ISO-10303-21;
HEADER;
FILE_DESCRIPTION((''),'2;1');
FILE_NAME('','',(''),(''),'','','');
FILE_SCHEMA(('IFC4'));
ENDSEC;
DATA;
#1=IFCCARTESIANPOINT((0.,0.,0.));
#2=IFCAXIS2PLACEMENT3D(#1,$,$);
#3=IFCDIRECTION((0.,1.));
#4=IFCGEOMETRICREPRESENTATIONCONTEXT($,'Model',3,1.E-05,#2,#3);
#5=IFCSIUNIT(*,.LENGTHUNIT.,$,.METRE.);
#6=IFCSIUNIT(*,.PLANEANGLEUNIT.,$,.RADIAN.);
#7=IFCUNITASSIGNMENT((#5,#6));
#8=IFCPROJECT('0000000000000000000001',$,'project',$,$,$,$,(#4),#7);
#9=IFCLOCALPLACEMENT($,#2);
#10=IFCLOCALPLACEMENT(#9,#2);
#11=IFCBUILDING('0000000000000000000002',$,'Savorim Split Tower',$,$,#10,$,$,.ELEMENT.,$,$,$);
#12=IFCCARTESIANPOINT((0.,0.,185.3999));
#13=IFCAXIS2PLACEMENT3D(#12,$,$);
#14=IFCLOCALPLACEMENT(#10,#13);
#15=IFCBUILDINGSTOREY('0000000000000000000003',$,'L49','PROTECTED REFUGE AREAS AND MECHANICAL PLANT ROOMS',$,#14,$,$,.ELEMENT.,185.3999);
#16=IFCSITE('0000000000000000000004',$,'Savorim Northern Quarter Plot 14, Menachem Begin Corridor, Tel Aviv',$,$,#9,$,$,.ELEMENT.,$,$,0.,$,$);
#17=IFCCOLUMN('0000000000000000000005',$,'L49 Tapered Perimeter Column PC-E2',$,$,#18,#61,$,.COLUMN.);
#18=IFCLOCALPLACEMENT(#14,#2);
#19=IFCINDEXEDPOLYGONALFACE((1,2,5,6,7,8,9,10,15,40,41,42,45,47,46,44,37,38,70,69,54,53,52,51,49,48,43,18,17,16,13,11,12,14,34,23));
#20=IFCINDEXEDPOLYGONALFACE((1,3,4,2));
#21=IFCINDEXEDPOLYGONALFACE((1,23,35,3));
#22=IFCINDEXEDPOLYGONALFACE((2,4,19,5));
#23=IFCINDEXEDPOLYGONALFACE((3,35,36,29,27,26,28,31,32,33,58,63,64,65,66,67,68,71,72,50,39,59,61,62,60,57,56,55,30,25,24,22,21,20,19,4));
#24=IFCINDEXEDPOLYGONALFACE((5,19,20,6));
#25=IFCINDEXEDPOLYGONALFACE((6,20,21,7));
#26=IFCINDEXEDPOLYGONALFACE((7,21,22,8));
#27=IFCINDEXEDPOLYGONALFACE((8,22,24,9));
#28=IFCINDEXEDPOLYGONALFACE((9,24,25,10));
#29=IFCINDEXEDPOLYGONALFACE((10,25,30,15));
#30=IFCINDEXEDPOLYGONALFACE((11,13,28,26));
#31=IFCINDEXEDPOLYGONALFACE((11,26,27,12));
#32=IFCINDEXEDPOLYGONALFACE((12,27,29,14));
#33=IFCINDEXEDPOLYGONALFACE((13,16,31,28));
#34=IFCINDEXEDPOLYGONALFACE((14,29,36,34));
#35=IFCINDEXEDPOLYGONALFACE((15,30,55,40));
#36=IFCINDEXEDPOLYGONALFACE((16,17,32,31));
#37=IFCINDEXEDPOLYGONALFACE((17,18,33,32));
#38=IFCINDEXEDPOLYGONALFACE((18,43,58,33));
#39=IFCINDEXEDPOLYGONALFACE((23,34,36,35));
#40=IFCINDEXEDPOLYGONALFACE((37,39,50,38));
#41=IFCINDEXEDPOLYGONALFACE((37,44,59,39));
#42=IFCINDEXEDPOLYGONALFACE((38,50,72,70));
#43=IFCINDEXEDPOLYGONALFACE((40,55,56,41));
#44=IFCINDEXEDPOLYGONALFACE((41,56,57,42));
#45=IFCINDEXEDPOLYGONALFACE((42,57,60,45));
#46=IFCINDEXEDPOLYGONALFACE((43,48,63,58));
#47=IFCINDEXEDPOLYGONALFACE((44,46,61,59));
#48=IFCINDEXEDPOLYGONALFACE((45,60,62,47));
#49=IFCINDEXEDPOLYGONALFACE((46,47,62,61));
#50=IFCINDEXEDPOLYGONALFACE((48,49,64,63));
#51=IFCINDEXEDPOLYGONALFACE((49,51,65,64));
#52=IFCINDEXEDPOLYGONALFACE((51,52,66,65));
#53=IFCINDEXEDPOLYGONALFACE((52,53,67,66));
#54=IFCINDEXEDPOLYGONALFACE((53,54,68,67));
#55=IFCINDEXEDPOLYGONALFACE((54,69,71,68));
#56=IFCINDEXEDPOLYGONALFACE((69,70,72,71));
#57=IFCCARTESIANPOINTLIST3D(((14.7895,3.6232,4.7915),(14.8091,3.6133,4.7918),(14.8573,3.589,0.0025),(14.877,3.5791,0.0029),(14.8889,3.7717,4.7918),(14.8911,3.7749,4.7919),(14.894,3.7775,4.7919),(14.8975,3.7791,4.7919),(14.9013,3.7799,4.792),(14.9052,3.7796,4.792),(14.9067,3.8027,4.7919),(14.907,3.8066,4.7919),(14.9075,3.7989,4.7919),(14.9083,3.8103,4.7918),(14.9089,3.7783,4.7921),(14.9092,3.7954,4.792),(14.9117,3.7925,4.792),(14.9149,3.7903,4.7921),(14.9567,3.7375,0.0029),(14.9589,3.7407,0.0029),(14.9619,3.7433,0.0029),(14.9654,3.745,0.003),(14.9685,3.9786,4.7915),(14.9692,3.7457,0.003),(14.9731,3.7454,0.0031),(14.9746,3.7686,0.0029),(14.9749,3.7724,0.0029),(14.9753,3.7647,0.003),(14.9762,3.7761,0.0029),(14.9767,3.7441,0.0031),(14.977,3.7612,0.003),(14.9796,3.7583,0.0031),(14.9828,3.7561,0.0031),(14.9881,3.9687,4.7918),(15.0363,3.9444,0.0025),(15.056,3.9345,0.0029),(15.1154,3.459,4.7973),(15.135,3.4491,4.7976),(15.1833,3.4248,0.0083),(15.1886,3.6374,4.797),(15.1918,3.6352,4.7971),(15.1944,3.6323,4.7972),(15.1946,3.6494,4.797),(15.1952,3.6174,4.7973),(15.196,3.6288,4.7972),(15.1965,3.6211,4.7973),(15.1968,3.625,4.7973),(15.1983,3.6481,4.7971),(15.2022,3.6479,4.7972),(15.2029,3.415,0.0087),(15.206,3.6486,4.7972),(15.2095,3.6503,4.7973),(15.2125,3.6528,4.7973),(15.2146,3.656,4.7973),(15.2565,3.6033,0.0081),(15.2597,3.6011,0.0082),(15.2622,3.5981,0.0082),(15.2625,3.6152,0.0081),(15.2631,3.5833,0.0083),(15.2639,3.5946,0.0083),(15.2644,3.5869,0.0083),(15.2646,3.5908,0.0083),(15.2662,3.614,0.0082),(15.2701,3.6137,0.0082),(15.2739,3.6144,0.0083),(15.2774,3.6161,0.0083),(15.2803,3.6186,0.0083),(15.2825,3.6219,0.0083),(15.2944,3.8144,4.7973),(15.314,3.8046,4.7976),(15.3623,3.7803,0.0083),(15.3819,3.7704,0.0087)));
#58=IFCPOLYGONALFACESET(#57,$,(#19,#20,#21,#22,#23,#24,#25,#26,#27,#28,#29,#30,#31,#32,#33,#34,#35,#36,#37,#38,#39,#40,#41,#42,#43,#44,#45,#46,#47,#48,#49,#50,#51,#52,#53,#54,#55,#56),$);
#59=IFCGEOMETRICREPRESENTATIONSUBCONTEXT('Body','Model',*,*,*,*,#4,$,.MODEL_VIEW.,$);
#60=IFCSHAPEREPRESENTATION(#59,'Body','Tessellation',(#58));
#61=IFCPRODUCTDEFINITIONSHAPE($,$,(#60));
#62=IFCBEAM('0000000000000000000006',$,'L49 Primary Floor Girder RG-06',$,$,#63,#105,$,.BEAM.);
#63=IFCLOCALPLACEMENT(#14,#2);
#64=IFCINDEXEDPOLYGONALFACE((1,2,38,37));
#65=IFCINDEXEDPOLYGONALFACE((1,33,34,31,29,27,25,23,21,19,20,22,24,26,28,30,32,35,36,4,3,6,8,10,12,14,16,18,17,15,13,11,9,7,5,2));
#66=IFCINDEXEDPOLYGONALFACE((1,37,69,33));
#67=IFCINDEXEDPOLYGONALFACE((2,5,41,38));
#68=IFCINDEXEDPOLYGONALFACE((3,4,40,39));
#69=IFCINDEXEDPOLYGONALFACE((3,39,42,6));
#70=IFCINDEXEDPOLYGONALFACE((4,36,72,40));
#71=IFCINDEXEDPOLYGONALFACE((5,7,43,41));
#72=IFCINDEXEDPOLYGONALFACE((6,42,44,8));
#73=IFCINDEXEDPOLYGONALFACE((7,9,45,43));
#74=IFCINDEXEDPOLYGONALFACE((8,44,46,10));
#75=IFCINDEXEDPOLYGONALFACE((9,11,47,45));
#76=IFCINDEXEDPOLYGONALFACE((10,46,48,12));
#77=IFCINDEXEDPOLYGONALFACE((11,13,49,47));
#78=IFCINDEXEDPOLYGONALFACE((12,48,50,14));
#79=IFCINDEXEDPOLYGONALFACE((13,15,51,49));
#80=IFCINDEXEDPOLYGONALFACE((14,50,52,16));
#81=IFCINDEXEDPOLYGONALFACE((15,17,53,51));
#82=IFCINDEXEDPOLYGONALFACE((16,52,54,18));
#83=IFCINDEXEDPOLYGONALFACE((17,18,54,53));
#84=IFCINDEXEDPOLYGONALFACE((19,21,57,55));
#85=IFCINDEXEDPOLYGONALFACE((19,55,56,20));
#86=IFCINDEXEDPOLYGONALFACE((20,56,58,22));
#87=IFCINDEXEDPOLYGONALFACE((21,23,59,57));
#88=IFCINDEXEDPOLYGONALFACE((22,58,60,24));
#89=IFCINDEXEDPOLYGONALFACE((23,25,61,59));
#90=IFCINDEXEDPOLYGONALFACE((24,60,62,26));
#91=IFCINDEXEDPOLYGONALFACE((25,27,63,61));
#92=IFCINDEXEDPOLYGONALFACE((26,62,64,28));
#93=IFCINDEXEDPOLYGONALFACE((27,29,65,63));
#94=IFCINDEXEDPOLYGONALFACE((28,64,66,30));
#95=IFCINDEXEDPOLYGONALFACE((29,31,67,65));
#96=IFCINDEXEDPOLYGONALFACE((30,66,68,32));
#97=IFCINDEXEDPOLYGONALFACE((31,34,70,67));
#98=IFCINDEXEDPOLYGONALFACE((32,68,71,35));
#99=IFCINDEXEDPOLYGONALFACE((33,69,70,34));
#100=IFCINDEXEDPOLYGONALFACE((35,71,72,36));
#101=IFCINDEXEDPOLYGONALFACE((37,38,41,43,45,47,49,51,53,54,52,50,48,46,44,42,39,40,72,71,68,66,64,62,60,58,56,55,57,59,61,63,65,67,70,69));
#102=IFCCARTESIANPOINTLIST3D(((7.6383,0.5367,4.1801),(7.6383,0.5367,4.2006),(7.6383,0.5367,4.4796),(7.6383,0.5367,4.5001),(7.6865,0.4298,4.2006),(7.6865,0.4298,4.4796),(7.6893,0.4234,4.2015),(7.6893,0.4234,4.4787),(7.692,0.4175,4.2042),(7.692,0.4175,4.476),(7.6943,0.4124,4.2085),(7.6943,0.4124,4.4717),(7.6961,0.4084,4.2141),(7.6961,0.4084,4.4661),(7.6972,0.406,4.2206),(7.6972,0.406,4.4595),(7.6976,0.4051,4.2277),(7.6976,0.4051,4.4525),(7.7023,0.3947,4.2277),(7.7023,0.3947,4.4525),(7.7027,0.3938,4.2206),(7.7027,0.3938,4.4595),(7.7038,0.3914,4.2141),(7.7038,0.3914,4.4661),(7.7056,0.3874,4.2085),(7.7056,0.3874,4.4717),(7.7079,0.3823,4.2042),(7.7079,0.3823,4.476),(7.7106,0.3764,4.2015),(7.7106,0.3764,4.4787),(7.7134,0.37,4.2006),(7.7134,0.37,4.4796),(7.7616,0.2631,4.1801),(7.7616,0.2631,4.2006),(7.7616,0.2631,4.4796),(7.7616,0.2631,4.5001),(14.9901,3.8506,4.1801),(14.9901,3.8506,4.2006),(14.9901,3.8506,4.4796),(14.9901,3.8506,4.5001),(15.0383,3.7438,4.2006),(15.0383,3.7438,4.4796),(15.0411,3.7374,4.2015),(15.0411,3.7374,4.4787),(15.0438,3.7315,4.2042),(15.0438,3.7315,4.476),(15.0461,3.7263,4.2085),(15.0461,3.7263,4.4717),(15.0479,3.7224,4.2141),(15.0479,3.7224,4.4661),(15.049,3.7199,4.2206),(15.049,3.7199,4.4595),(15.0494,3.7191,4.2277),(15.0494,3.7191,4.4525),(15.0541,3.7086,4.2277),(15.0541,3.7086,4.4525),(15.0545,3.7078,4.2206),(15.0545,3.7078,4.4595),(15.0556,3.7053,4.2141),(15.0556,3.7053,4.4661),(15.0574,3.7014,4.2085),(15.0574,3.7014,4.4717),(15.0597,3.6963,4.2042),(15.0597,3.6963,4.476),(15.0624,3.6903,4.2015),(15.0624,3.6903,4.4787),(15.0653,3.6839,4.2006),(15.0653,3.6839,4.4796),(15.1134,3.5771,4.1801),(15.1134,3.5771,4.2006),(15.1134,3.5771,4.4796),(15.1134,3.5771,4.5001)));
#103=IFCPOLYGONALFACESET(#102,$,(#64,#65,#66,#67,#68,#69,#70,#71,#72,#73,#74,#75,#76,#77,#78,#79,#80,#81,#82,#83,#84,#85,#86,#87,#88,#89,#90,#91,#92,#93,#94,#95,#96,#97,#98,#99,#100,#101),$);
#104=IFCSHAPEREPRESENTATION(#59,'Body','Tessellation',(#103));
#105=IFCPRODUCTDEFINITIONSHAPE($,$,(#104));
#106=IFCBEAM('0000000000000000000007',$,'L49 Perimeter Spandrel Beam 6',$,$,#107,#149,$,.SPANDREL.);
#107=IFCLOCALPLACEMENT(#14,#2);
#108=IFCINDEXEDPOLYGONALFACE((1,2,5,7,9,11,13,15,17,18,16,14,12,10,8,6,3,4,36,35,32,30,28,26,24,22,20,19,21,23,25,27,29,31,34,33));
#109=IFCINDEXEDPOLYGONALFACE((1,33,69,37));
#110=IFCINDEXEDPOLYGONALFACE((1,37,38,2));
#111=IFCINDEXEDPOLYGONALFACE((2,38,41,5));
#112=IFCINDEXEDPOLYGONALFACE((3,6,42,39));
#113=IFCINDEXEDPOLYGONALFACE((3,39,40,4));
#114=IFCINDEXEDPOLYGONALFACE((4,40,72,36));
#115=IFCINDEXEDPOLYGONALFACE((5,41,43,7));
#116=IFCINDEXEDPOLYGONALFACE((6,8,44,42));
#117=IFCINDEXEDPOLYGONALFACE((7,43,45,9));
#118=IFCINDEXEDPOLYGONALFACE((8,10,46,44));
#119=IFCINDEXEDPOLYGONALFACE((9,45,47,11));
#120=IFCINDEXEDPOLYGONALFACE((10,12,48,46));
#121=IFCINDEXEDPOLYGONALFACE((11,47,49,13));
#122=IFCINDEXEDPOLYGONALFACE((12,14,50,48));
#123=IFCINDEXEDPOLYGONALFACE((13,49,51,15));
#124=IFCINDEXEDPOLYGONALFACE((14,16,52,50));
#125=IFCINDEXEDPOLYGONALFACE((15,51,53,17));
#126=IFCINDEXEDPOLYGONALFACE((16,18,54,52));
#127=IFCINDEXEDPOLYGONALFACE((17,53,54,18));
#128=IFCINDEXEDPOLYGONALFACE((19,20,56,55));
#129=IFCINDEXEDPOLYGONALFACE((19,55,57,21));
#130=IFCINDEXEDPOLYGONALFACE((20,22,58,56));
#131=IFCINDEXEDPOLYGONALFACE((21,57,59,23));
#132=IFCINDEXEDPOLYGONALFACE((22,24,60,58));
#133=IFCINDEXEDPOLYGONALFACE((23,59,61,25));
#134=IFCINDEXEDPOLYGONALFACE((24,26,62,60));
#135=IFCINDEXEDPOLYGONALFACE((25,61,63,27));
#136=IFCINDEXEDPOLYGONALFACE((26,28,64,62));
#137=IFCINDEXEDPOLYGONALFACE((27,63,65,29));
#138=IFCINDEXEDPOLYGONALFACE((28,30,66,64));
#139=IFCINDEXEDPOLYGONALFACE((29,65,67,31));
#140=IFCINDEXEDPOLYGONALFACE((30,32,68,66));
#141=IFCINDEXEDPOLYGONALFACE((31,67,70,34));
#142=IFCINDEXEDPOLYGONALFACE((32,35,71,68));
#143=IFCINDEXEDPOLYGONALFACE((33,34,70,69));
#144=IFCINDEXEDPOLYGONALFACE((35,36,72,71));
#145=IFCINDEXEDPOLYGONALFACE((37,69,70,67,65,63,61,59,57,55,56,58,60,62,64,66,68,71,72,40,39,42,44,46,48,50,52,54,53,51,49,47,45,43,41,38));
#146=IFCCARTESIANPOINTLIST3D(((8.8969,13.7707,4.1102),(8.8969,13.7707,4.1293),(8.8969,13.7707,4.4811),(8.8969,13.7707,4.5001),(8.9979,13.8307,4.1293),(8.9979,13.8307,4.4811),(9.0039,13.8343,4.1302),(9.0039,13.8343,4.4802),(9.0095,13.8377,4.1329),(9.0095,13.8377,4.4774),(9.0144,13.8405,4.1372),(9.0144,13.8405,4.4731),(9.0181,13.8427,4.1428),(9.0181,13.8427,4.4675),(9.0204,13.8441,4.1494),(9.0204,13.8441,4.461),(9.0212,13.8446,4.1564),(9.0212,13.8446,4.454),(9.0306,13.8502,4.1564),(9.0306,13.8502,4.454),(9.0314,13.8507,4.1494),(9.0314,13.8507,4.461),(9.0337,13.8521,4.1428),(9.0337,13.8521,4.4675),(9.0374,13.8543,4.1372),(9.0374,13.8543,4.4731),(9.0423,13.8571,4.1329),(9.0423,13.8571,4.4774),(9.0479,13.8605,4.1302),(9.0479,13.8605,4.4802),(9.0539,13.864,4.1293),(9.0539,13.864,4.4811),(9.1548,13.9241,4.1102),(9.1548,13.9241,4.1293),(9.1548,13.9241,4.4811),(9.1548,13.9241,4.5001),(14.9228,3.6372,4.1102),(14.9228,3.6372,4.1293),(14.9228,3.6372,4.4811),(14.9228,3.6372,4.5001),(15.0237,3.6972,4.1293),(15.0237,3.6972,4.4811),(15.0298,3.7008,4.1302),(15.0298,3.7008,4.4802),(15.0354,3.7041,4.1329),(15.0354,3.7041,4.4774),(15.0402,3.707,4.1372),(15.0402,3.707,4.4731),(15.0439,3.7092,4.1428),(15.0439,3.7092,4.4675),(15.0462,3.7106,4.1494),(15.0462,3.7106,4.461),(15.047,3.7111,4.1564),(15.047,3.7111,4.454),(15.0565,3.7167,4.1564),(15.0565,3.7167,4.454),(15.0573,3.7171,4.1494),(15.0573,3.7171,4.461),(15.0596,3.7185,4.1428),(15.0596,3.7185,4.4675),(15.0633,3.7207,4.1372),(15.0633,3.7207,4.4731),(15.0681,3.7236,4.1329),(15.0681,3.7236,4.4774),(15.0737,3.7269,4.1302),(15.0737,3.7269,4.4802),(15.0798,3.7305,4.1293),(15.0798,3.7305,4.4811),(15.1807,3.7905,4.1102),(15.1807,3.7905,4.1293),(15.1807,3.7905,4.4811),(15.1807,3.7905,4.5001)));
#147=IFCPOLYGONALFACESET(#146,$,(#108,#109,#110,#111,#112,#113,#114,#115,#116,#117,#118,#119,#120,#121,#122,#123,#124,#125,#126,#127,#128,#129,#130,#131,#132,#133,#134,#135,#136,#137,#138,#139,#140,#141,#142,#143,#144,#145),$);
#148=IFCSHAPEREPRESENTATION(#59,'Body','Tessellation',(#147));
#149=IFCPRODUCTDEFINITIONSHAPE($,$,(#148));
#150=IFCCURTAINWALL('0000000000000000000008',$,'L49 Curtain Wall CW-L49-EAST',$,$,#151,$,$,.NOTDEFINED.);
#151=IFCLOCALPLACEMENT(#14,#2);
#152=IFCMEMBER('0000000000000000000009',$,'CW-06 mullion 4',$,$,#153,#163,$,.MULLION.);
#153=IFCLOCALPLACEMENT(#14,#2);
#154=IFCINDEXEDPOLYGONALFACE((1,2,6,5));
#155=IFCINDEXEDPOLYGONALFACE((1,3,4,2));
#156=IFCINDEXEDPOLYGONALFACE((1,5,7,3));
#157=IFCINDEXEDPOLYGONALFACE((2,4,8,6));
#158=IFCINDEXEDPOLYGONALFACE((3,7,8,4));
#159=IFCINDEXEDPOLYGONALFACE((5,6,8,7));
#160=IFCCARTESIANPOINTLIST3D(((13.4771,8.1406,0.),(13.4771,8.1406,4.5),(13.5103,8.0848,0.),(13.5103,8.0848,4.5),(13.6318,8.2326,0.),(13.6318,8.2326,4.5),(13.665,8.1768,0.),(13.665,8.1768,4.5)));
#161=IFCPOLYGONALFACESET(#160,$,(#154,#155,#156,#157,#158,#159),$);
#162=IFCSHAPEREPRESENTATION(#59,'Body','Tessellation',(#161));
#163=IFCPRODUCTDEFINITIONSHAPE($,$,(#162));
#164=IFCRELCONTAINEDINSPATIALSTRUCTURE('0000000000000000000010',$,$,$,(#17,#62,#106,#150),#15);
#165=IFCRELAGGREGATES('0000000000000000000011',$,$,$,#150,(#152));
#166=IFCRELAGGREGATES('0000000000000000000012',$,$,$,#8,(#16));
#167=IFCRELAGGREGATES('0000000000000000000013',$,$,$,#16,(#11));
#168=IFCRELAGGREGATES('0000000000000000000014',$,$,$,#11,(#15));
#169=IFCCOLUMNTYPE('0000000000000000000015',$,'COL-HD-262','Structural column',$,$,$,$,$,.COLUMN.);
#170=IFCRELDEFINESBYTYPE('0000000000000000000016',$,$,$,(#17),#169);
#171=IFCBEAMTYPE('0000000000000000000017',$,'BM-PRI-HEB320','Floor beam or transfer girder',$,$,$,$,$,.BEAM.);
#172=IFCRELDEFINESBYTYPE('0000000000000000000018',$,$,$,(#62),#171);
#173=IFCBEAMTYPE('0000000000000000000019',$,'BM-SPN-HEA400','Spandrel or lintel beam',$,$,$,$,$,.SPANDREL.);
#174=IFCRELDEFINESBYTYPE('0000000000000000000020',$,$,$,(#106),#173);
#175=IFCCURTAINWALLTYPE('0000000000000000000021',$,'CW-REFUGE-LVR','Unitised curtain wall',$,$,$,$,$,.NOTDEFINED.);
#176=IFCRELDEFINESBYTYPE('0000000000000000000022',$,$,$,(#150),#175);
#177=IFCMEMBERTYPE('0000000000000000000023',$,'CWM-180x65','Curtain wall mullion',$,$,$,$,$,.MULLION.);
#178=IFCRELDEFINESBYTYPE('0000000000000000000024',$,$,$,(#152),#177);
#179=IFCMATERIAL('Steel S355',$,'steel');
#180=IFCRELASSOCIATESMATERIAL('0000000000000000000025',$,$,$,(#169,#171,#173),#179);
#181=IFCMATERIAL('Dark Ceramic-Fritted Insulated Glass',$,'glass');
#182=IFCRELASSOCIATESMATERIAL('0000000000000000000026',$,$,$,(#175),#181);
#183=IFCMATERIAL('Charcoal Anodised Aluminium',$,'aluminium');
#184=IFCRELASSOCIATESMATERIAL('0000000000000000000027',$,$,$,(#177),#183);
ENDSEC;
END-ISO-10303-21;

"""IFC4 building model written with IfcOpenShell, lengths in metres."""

from ifc_helpers import new_model, si_unit, direction, frame, origin, origin_2d, place, context, subcontext, project, spatial, rectangle, i_section, extrude, material, material_profile, profile_set, type_object, element, aggregate, save


model = new_model("IFC4")

# Units and contexts
model_context = context("Model", 3, precision=1e-05, world=origin(), true_north=direction((0.0, 1.0)))
body_context = subcontext(model_context, "Body", "Model", "MODEL_VIEW")
ifc_project = project(units=[si_unit("LENGTHUNIT", "METRE"), si_unit("PLANEANGLEUNIT", "RADIAN")], contexts=[model_context])

# Site, building, storey
site_placement = place(None, origin())
site = spatial("IfcSite", under=ifc_project, at=site_placement, Name="Savorim Northern Quarter Plot 14, Menachem Begin Corridor, Tel Aviv", CompositionType="ELEMENT", RefElevation=0.0)
building_placement = place(site_placement, origin())
building = spatial("IfcBuilding", under=site, at=building_placement, Name="Savorim Split Tower", CompositionType="ELEMENT")
storey_placement = place(building_placement, frame((0.0, 0.0, 185.3999)))
storey = spatial("IfcBuildingStorey", under=building, at=storey_placement, Name="L49", Description="PROTECTED REFUGE AREAS AND MECHANICAL PLANT ROOMS", CompositionType="ELEMENT", Elevation=185.3999)

# Column
ifc_material_1 = material(Name="Steel S355", Category="steel")
ifc_material_profile_1 = material_profile(ifc_material_1, i_section(OverallWidth=0.3979, OverallDepth=0.387, WebThickness=0.0134, FlangeThickness=0.022, FilletRadius=0.0149, at=origin_2d()), Name="HD 400x262")
ifc_profile_set_1 = profile_set([ifc_material_profile_1], Name="Steel S355")
column_type = type_object("IfcColumnType", Name="COL-HD-262", Description="Structural column", PredefinedType="COLUMN", material=ifc_profile_set_1)
column_placement = place(storey_placement, frame((15.1196, 3.6797, 0.0056), z_axis=(-0.01417, 0.007136, 0.999874), x_axis=(-0.449782, -0.893138, 0.0)))
element("IfcColumn", 1, at=column_placement, inside=storey, type_object=column_type, Name="L49 Tapered Perimeter Column PC-E2", PredefinedType="COLUMN", context=body_context, shape_type="SweptSolid", body=[
    extrude(i_section(OverallWidth=0.3979, OverallDepth=0.387, WebThickness=0.0134, FlangeThickness=0.022, FilletRadius=0.0149, at=origin_2d()), origin(), (0.0, 0.0, 1.0), 4.7896),
])

# Beams
ifc_material_profile_2 = material_profile(ifc_material_1, i_section(OverallWidth=0.3, OverallDepth=0.3201, WebThickness=0.0115, FlangeThickness=0.0205, FilletRadius=0.0271, at=origin_2d()), Name="HEB 320")
ifc_profile_set_2 = profile_set([ifc_material_profile_2], Name="Steel S355")
beam_type_1 = type_object("IfcBeamType", Name="BM-PRI-HEB320", Description="Floor beam or transfer girder", PredefinedType="BEAM", material=ifc_profile_set_2)
beam_1_placement = place(storey_placement, frame((15.0518, 3.7139, 4.3401), z_axis=(-0.911659, -0.410947, 0.0), x_axis=(0.410947, -0.911659, 0.0)))
element("IfcBeam", 2, at=beam_1_placement, inside=storey, type_object=beam_type_1, Name="L49 Primary Floor Girder RG-06", PredefinedType="BEAM", context=body_context, shape_type="SweptSolid", body=[
    extrude(i_section(OverallWidth=0.3, OverallDepth=0.3201, WebThickness=0.0115, FlangeThickness=0.0205, FilletRadius=0.0271, at=origin_2d()), origin(), (0.0, 0.0, 1.0), 8.0642),
])
ifc_material_profile_3 = material_profile(ifc_material_1, i_section(OverallWidth=0.3, OverallDepth=0.3899, WebThickness=0.011, FlangeThickness=0.019, FilletRadius=0.0271, at=origin_2d()), Name="HEA 400")
ifc_profile_set_3 = profile_set([ifc_material_profile_3], Name="Steel S355")
beam_type_2 = type_object("IfcBeamType", Name="BM-SPN-HEA400", Description="Spandrel or lintel beam", PredefinedType="SPANDREL", material=ifc_profile_set_3)
beam_2_placement = place(storey_placement, frame((15.0518, 3.7139, 4.3052), z_axis=(-0.511108, 0.859516, 0.0), x_axis=(-0.859516, -0.511108, 0.0)))
element("IfcBeam", 3, at=beam_2_placement, inside=storey, type_object=beam_type_2, Name="L49 Perimeter Spandrel Beam 6", PredefinedType="SPANDREL", context=body_context, shape_type="SweptSolid", body=[
    extrude(i_section(OverallWidth=0.3, OverallDepth=0.3899, WebThickness=0.011, FlangeThickness=0.019, FilletRadius=0.0271, at=origin_2d()), origin(), (0.0, 0.0, 1.0), 11.7898),
])

# Curtain wall, member
ifc_material_2 = material(Name="Dark Ceramic-Fritted Insulated Glass", Category="glass")
curtain_wall_type = type_object("IfcCurtainWallType", Name="CW-REFUGE-LVR", Description="Unitised curtain wall", PredefinedType="NOTDEFINED", material=ifc_material_2)
curtain_wall_placement = place(storey_placement, origin())
curtain_wall = element("IfcCurtainWall", 4, at=curtain_wall_placement, inside=storey, type_object=curtain_wall_type, Name="L49 Curtain Wall CW-L49-EAST", PredefinedType="NOTDEFINED")
ifc_material_3 = material(Name="Charcoal Anodised Aluminium", Category="aluminium")
ifc_material_profile_4 = material_profile(ifc_material_3, rectangle(XDim=0.1799, YDim=0.0649, at=origin_2d()), Name="ALU-M 180x65")
ifc_profile_set_4 = profile_set([ifc_material_profile_4], Name="Charcoal Anodised Aluminium")
member_type_1 = type_object("IfcMemberType", Name="CWM-180x65", Description="Curtain wall mullion", PredefinedType="MULLION", material=ifc_profile_set_4)
member_1_placement = place(storey_placement, frame((13.571, 8.1587, 0.0), z_axis=(0.0, 0.0, 1.0), x_axis=(-0.859526, -0.511092, 0.0)))
member_1 = element("IfcMember", 5, at=member_1_placement, type_object=member_type_1, Name="CW-06 mullion 4", PredefinedType="MULLION", context=body_context, shape_type="SweptSolid", body=[
    extrude(rectangle(XDim=0.1799, YDim=0.0649, at=origin_2d()), origin(), (0.0, 0.0, 1.0), 4.5),
])

aggregate(curtain_wall, [member_1])

save(model, "model.ifc")
